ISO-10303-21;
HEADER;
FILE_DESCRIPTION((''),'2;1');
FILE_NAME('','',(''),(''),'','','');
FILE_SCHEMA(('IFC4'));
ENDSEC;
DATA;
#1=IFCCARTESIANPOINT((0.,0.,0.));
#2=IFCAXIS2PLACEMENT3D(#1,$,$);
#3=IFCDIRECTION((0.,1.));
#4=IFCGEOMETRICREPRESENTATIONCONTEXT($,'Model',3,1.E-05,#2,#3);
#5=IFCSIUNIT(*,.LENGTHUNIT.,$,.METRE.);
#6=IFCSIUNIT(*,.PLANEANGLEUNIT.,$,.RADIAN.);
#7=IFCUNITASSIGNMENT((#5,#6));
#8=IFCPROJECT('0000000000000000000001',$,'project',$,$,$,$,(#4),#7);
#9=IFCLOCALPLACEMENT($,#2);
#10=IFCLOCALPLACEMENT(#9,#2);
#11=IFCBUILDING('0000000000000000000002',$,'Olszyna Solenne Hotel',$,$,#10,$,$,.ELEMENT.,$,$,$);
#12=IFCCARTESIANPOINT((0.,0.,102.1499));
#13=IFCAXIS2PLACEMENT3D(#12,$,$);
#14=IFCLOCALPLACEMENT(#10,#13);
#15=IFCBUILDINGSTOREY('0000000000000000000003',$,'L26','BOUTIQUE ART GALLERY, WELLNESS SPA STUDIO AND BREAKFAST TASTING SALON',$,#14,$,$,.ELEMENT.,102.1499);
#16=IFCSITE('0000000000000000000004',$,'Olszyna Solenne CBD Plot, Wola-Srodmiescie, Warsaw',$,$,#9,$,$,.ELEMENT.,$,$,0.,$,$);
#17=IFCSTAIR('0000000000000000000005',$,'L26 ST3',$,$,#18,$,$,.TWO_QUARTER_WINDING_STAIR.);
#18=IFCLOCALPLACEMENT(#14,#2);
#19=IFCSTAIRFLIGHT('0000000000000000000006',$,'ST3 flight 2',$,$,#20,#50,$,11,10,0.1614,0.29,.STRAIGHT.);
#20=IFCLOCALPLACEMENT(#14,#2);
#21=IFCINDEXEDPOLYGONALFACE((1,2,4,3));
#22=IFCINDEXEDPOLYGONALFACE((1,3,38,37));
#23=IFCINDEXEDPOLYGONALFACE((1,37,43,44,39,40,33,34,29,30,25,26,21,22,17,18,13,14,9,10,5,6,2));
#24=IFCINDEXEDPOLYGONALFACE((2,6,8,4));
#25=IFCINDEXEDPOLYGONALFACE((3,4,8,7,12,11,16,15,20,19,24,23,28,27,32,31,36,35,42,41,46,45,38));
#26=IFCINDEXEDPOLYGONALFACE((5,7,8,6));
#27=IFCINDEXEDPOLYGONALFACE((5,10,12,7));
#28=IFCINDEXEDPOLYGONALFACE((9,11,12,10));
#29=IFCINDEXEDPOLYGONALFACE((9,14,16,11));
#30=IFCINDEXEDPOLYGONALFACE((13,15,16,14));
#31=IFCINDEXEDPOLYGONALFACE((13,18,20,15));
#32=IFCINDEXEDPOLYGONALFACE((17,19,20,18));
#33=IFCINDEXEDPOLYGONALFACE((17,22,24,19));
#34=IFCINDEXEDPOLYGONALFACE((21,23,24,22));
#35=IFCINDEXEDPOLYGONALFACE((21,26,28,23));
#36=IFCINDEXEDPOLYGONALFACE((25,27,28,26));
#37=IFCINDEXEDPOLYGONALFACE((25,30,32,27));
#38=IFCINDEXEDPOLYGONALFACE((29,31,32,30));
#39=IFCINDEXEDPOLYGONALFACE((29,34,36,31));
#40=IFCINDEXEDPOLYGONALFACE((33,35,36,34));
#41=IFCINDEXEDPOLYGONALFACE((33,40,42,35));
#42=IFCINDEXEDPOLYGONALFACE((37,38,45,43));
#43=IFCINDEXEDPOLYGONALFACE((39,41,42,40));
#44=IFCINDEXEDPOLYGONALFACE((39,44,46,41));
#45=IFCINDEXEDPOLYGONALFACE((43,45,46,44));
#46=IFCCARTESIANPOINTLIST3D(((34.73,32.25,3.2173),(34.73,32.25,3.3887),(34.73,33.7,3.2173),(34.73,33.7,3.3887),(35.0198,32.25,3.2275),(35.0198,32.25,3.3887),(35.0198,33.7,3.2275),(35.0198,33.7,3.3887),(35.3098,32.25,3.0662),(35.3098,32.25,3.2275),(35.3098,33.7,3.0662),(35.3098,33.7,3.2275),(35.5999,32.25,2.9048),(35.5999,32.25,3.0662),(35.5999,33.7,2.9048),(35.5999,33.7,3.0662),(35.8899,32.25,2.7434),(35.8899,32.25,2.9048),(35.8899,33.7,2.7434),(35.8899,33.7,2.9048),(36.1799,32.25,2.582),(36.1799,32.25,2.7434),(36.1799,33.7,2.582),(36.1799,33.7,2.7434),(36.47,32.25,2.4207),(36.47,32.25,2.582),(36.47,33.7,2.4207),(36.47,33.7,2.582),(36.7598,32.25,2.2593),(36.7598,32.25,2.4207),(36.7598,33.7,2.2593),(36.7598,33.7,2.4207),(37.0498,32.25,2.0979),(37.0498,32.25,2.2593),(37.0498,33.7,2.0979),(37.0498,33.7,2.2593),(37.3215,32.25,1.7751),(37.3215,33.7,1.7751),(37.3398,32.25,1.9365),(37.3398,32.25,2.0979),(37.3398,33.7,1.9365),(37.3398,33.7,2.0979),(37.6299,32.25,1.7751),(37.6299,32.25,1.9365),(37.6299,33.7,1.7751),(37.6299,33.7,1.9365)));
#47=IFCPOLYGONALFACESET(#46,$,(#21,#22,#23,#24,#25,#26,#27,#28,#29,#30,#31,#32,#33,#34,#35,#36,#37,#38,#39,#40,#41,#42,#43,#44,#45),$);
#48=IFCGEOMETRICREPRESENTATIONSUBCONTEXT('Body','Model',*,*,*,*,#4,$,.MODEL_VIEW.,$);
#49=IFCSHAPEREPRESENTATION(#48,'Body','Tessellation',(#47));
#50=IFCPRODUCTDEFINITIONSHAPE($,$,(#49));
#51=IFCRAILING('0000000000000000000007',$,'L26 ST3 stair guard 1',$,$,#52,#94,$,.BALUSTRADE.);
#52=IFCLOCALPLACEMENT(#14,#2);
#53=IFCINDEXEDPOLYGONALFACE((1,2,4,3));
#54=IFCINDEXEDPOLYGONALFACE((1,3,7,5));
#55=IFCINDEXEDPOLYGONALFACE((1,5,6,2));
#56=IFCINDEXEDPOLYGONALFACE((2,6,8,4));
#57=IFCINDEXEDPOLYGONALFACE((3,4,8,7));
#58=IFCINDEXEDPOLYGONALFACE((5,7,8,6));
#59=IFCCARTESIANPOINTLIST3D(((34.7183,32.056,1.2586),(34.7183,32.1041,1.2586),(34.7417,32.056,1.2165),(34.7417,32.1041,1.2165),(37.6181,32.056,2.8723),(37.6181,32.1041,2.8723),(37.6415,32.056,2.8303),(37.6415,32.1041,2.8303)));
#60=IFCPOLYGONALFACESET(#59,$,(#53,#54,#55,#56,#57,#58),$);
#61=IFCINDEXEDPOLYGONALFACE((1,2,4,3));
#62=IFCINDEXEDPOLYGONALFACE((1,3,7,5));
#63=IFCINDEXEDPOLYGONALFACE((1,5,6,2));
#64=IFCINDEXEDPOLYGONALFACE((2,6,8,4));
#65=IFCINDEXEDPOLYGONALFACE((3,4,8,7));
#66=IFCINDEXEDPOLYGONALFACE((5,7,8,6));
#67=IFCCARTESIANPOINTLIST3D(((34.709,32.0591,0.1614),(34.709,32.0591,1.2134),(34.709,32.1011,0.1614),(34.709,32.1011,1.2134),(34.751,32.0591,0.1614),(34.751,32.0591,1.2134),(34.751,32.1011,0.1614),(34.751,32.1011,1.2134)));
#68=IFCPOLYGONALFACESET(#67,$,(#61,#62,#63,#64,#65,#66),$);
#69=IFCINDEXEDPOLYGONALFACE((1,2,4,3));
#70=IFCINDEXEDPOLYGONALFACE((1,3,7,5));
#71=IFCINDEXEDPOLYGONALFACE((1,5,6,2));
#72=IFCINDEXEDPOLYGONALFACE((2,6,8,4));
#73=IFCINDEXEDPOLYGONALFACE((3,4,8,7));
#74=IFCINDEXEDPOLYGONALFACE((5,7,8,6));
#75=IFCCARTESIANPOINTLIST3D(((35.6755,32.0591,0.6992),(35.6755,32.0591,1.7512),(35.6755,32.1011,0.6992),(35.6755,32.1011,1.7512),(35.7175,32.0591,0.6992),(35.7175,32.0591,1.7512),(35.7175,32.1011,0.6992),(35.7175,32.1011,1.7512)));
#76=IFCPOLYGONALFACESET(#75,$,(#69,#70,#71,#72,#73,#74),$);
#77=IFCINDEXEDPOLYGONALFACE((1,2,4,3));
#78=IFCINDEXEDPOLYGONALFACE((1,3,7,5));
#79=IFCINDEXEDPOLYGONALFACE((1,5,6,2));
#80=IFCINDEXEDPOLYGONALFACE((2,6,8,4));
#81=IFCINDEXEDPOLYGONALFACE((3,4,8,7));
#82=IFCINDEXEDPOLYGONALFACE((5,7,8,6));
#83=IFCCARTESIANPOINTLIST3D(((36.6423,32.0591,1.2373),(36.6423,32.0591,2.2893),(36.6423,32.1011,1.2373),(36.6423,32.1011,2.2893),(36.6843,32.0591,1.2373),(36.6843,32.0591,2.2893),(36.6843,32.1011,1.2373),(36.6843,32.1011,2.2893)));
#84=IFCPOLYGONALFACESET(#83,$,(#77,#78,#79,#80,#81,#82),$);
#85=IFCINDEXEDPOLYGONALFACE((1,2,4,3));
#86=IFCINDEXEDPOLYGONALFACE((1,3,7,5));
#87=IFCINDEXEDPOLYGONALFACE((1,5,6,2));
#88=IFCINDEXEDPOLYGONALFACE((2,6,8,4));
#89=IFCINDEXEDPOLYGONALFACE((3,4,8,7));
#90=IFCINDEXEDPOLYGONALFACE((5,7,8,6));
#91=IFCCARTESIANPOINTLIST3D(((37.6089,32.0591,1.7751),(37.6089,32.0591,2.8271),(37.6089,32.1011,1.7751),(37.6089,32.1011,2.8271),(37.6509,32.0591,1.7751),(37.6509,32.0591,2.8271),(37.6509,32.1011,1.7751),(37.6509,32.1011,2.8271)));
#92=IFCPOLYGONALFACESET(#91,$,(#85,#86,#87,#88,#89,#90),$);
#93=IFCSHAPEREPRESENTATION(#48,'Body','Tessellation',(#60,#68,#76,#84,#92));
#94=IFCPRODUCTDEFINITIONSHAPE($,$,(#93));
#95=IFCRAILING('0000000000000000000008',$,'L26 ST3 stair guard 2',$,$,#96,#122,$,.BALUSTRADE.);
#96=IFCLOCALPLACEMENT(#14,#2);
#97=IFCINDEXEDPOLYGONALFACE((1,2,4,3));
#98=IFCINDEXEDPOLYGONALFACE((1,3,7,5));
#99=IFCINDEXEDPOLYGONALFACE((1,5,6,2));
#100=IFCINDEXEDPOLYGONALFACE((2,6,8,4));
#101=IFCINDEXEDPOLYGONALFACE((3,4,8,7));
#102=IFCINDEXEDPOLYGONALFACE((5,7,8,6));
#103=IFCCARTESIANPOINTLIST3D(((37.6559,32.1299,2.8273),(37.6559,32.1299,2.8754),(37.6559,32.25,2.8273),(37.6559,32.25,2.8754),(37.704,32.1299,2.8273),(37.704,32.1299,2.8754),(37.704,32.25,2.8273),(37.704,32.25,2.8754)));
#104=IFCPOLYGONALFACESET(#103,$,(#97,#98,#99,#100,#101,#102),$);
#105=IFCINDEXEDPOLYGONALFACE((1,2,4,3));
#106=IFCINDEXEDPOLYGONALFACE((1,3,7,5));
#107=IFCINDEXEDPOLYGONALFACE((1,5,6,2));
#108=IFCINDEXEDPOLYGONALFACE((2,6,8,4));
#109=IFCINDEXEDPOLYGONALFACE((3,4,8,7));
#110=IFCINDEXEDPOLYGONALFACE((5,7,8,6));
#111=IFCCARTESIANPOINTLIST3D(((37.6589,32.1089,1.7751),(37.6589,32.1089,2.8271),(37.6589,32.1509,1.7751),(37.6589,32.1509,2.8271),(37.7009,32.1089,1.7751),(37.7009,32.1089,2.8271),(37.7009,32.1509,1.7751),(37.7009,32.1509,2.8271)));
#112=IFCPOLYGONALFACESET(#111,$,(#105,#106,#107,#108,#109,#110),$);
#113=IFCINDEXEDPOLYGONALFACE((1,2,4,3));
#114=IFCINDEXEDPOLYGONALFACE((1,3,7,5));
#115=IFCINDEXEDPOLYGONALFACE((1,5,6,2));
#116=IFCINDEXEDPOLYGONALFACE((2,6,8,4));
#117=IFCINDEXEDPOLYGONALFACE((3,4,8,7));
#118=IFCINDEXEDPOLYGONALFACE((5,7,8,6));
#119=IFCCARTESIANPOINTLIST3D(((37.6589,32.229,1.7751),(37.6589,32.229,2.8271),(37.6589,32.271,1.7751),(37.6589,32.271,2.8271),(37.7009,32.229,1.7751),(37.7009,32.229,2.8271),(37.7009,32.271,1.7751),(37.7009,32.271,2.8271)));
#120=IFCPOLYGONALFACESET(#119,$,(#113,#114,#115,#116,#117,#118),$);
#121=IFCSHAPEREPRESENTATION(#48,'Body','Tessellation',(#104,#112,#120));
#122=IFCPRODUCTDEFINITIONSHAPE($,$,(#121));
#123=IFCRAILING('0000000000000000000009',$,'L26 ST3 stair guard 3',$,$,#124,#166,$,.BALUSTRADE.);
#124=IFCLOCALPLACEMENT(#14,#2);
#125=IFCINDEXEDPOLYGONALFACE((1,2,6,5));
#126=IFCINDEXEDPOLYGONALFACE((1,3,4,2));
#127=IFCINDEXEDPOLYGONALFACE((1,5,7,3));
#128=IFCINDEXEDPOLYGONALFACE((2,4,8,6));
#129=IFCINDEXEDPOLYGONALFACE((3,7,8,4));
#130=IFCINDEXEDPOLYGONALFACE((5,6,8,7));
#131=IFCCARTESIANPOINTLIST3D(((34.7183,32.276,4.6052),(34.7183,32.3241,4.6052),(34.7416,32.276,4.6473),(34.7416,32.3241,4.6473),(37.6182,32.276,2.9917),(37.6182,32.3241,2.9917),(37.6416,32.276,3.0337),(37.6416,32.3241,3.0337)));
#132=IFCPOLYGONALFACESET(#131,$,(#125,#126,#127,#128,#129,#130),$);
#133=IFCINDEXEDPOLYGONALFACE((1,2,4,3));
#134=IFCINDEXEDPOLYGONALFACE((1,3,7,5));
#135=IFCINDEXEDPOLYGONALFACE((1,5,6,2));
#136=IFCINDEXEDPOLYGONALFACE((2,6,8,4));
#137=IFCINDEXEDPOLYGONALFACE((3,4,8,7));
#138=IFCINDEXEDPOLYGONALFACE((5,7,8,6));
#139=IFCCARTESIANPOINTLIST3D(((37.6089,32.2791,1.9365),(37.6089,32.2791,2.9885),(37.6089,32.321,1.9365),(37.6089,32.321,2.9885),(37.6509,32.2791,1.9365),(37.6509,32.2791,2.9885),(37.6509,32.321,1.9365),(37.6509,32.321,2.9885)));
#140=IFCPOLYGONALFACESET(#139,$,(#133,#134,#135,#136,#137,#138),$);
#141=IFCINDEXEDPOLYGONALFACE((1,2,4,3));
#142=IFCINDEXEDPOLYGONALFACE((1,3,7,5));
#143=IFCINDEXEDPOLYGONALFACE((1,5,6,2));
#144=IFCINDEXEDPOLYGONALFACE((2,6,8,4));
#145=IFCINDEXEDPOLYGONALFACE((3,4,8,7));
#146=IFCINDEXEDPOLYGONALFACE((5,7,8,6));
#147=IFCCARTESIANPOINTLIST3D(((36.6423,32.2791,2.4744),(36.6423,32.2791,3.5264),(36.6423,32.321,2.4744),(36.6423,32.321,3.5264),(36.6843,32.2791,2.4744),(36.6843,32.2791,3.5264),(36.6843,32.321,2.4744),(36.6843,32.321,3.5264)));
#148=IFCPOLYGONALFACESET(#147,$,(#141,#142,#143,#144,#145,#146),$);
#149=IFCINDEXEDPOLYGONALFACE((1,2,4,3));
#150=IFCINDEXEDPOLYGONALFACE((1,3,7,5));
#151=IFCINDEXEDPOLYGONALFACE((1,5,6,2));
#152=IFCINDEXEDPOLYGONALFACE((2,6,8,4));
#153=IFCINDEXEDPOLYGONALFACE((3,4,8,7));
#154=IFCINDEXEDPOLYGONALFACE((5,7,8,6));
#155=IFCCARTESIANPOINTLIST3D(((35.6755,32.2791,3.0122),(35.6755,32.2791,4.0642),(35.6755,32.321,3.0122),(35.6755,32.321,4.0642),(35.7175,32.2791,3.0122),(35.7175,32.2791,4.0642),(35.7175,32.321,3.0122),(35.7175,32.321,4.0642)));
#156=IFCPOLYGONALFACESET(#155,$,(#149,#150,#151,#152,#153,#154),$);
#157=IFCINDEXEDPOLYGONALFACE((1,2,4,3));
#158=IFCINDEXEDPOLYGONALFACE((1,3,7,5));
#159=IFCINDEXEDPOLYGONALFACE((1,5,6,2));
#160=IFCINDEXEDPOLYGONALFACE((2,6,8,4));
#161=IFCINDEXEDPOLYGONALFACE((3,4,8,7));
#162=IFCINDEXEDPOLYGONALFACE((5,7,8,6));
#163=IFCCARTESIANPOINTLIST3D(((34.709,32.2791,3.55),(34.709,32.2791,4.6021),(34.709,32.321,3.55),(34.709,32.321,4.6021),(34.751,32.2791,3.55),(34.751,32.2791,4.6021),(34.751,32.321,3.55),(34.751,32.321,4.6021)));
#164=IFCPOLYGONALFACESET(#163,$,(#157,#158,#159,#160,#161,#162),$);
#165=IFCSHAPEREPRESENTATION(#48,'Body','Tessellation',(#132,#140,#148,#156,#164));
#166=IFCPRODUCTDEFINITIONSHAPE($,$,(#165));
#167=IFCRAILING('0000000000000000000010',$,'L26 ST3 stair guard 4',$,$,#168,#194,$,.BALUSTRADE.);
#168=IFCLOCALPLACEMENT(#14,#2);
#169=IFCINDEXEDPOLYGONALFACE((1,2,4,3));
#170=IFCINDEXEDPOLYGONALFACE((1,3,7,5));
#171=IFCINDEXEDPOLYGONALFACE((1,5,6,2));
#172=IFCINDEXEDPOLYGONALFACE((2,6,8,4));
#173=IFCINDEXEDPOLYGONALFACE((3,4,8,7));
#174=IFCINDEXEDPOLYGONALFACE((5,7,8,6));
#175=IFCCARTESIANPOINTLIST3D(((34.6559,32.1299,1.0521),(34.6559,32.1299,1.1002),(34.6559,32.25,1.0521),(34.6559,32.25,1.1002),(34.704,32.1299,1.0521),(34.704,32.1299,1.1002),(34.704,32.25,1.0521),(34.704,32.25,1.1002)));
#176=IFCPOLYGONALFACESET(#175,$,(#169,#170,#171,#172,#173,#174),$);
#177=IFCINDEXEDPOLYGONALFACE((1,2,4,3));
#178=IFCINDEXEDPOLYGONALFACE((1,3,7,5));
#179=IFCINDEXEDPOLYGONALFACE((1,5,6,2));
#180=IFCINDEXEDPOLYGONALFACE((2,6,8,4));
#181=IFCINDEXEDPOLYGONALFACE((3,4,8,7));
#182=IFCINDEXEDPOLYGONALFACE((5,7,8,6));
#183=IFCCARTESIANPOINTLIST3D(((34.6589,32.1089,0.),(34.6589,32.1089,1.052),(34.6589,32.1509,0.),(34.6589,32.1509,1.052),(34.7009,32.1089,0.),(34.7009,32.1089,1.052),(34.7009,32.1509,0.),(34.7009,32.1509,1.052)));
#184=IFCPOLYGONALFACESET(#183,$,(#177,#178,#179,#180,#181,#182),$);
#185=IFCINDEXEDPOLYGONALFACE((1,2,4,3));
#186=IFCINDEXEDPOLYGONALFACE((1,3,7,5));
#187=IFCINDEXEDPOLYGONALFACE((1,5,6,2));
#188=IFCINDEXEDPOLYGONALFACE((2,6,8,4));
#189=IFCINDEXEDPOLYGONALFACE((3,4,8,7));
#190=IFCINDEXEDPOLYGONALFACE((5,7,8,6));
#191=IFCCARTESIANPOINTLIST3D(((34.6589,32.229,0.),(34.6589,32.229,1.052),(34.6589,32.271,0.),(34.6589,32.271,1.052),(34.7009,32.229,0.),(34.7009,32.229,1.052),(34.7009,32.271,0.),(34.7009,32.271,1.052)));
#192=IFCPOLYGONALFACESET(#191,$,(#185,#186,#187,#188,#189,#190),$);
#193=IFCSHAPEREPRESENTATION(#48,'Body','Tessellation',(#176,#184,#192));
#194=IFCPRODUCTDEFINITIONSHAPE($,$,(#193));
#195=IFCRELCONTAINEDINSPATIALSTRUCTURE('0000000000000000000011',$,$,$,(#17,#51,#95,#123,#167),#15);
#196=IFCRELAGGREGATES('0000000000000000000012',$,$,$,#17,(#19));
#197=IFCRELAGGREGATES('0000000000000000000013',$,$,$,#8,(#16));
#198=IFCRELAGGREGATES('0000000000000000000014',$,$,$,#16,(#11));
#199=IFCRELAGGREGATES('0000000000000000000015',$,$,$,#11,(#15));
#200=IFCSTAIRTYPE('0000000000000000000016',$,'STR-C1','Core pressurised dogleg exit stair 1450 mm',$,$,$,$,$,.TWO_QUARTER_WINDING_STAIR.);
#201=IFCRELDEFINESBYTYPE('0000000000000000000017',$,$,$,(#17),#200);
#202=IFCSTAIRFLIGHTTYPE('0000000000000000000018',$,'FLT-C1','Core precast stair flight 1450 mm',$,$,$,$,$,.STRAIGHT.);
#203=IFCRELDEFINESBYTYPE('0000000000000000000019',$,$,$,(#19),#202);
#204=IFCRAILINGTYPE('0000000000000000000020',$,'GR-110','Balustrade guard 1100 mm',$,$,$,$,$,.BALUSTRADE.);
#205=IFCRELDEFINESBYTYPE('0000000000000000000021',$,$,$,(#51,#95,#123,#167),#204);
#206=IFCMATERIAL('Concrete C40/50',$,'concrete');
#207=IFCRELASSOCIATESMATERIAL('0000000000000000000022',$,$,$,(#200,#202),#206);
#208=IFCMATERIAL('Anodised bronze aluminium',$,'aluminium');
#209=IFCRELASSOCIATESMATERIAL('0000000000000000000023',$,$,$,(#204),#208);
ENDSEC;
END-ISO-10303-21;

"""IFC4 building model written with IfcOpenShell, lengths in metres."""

from ifc_helpers import new_model, si_unit, direction, frame, origin, origin_2d, place, context, subcontext, project, spatial, polyline, rectangle, outline, extrude, material, type_object, element, aggregate, save


model = new_model("IFC4")

# Units and contexts
model_context = context("Model", 3, precision=1e-05, world=origin(), true_north=direction((0.0, 1.0)))
body_context = subcontext(model_context, "Body", "Model", "MODEL_VIEW")
ifc_project = project(units=[si_unit("LENGTHUNIT", "METRE"), si_unit("PLANEANGLEUNIT", "RADIAN")], contexts=[model_context])

# Site, building, storey
site_placement = place(None, origin())
site = spatial("IfcSite", under=ifc_project, at=site_placement, Name="Olszyna Solenne CBD Plot, Wola-Srodmiescie, Warsaw", CompositionType="ELEMENT", RefElevation=0.0)
building_placement = place(site_placement, origin())
building = spatial("IfcBuilding", under=site, at=building_placement, Name="Olszyna Solenne Hotel", CompositionType="ELEMENT")
storey_placement = place(building_placement, frame((0.0, 0.0, 102.1499)))
storey = spatial("IfcBuildingStorey", under=building, at=storey_placement, Name="L26", Description="BOUTIQUE ART GALLERY, WELLNESS SPA STUDIO AND BREAKFAST TASTING SALON", CompositionType="ELEMENT", Elevation=102.1499)

# Stair, stair flight
ifc_material_1 = material(Name="Concrete C40/50", Category="concrete")
stair_type = type_object("IfcStairType", Name="STR-C1", Description="Core pressurised dogleg exit stair 1450 mm", PredefinedType="TWO_QUARTER_WINDING_STAIR", material=ifc_material_1)
stair_placement = place(storey_placement, origin())
stair = element("IfcStair", 1, at=stair_placement, inside=storey, type_object=stair_type, Name="L26 ST3", PredefinedType="TWO_QUARTER_WINDING_STAIR")
stair_flight_type = type_object("IfcStairFlightType", Name="FLT-C1", Description="Core precast stair flight 1450 mm", PredefinedType="STRAIGHT", material=ifc_material_1)
stair_flight_1_placement = place(storey_placement, frame((37.6299, 32.9751, 1.7751), z_axis=(0.0, 0.0, 1.0), x_axis=(-1.0, 0.0, 0.0)))
stair_flight_1 = element("IfcStairFlight", 2, at=stair_flight_1_placement, type_object=stair_flight_type, Name="ST3 flight 2", NumberOfRisers=11, NumberOfTreads=10, PredefinedType="STRAIGHT", RiserHeight=0.1614, TreadLength=0.29, context=body_context, shape_type="SweptSolid", body=[
    extrude(outline(polyline([(0.0, 0.0), (0.0, 0.1614), (0.29, 0.1614), (0.29, 0.3228), (0.5801, 0.3228), (0.5801, 0.4841), (0.8701, 0.4841), (0.8701, 0.6455), (1.1599, 0.6455), (1.1599, 0.8069), (1.45, 0.8069), (1.45, 0.9683), (1.74, 0.9683), (1.74, 1.1296), (2.03, 1.1296), (2.03, 1.291), (2.3201, 1.291), (2.3201, 1.4524), (2.6101, 1.4524), (2.6101, 1.6135), (2.8999, 1.6135), (2.8999, 1.7749), (2.8999, 1.4421), (0.3083, 0.0), (0.0, 0.0)])), frame((0.0, 0.7251, 0.0), z_axis=(0.0, -1.0, 0.0), x_axis=(1.0, 0.0, 0.0)), (0.0, 0.0, 1.0), 1.45),
])
aggregate(stair, [stair_flight_1])

# Railings
ifc_material_2 = material(Name="Anodised bronze aluminium", Category="aluminium")
railing_type_1 = type_object("IfcRailingType", Name="GR-110", Description="Balustrade guard 1100 mm", PredefinedType="BALUSTRADE", material=ifc_material_2)
railing_1_placement = place(storey_placement, frame((34.73, 32.0801, 0.1614)))
element("IfcRailing", 3, at=railing_1_placement, inside=storey, type_object=railing_type_1, Name="L26 ST3 stair guard 1", PredefinedType="BALUSTRADE", context=body_context, shape_type="SweptSolid", body=[
    extrude(rectangle(XDim=0.0481, YDim=0.0481, at=origin_2d()), frame((0.0, 0.0, 1.0762), z_axis=(0.87381, 0.0, 0.486267), x_axis=(0.0, 1.0, 0.0)), (0.0, 0.0, 1.0), 3.3186),
    extrude(rectangle(XDim=0.042, YDim=0.042, at=origin_2d()), origin(), (0.0, 0.0, 1.0), 1.052),
    extrude(rectangle(XDim=0.042, YDim=0.042, at=origin_2d()), frame((0.9666, 0.0, 0.5378)), (0.0, 0.0, 1.0), 1.052),
    extrude(rectangle(XDim=0.042, YDim=0.042, at=origin_2d()), frame((1.9333, 0.0, 1.0759)), (0.0, 0.0, 1.0), 1.052),
    extrude(rectangle(XDim=0.042, YDim=0.042, at=origin_2d()), frame((2.8999, 0.0, 1.6138)), (0.0, 0.0, 1.0), 1.052),
])
railing_2_placement = place(storey_placement, frame((37.6799, 32.1299, 1.7751)))
element("IfcRailing", 4, at=railing_2_placement, inside=storey, type_object=railing_type_1, Name="L26 ST3 stair guard 2", PredefinedType="BALUSTRADE", context=body_context, shape_type="SweptSolid", body=[
    extrude(rectangle(XDim=0.0481, YDim=0.0481, at=origin_2d()), frame((0.0, 0.0, 1.0762), z_axis=(0.0, 1.0, 0.0), x_axis=(-1.0, 0.0, 0.0)), (0.0, 0.0, 1.0), 0.1201),
    extrude(rectangle(XDim=0.042, YDim=0.042, at=origin_2d()), origin(), (0.0, 0.0, 1.0), 1.052),
    extrude(rectangle(XDim=0.042, YDim=0.042, at=origin_2d()), frame((0.0, 0.1201, 0.0)), (0.0, 0.0, 1.0), 1.052),
])
railing_3_placement = place(storey_placement, frame((37.6299, 32.3, 1.9365)))
element("IfcRailing", 5, at=railing_3_placement, inside=storey, type_object=railing_type_1, Name="L26 ST3 stair guard 3", PredefinedType="BALUSTRADE", context=body_context, shape_type="SweptSolid", body=[
    extrude(rectangle(XDim=0.0481, YDim=0.0481, at=origin_2d()), frame((0.0, 0.0, 1.0762), z_axis=(-0.873841, 0.0, 0.486211), x_axis=(0.0, -1.0, 0.0)), (0.0, 0.0, 1.0), 3.3186),
    extrude(rectangle(XDim=0.042, YDim=0.042, at=origin_2d()), origin(), (0.0, 0.0, 1.0), 1.052),
    extrude(rectangle(XDim=0.042, YDim=0.042, at=origin_2d()), frame((-0.9666, 0.0, 0.5378)), (0.0, 0.0, 1.0), 1.052),
    extrude(rectangle(XDim=0.042, YDim=0.042, at=origin_2d()), frame((-1.9333, 0.0, 1.0757)), (0.0, 0.0, 1.0), 1.052),
    extrude(rectangle(XDim=0.042, YDim=0.042, at=origin_2d()), frame((-2.8999, 0.0, 1.6135)), (0.0, 0.0, 1.0), 1.052),
])
railing_4_placement = place(storey_placement, frame((34.6799, 32.1299, 0.0)))
element("IfcRailing", 6, at=railing_4_placement, inside=storey, type_object=railing_type_1, Name="L26 ST3 stair guard 4", PredefinedType="BALUSTRADE", context=body_context, shape_type="SweptSolid", body=[
    extrude(rectangle(XDim=0.0481, YDim=0.0481, at=origin_2d()), frame((0.0, 0.0, 1.0762), z_axis=(0.0, 1.0, 0.0), x_axis=(-1.0, 0.0, 0.0)), (0.0, 0.0, 1.0), 0.1201),
    extrude(rectangle(XDim=0.042, YDim=0.042, at=origin_2d()), origin(), (0.0, 0.0, 1.0), 1.052),
    extrude(rectangle(XDim=0.042, YDim=0.042, at=origin_2d()), frame((0.0, 0.1201, 0.0)), (0.0, 0.0, 1.0), 1.052),
])

save(model, "model.ifc")
